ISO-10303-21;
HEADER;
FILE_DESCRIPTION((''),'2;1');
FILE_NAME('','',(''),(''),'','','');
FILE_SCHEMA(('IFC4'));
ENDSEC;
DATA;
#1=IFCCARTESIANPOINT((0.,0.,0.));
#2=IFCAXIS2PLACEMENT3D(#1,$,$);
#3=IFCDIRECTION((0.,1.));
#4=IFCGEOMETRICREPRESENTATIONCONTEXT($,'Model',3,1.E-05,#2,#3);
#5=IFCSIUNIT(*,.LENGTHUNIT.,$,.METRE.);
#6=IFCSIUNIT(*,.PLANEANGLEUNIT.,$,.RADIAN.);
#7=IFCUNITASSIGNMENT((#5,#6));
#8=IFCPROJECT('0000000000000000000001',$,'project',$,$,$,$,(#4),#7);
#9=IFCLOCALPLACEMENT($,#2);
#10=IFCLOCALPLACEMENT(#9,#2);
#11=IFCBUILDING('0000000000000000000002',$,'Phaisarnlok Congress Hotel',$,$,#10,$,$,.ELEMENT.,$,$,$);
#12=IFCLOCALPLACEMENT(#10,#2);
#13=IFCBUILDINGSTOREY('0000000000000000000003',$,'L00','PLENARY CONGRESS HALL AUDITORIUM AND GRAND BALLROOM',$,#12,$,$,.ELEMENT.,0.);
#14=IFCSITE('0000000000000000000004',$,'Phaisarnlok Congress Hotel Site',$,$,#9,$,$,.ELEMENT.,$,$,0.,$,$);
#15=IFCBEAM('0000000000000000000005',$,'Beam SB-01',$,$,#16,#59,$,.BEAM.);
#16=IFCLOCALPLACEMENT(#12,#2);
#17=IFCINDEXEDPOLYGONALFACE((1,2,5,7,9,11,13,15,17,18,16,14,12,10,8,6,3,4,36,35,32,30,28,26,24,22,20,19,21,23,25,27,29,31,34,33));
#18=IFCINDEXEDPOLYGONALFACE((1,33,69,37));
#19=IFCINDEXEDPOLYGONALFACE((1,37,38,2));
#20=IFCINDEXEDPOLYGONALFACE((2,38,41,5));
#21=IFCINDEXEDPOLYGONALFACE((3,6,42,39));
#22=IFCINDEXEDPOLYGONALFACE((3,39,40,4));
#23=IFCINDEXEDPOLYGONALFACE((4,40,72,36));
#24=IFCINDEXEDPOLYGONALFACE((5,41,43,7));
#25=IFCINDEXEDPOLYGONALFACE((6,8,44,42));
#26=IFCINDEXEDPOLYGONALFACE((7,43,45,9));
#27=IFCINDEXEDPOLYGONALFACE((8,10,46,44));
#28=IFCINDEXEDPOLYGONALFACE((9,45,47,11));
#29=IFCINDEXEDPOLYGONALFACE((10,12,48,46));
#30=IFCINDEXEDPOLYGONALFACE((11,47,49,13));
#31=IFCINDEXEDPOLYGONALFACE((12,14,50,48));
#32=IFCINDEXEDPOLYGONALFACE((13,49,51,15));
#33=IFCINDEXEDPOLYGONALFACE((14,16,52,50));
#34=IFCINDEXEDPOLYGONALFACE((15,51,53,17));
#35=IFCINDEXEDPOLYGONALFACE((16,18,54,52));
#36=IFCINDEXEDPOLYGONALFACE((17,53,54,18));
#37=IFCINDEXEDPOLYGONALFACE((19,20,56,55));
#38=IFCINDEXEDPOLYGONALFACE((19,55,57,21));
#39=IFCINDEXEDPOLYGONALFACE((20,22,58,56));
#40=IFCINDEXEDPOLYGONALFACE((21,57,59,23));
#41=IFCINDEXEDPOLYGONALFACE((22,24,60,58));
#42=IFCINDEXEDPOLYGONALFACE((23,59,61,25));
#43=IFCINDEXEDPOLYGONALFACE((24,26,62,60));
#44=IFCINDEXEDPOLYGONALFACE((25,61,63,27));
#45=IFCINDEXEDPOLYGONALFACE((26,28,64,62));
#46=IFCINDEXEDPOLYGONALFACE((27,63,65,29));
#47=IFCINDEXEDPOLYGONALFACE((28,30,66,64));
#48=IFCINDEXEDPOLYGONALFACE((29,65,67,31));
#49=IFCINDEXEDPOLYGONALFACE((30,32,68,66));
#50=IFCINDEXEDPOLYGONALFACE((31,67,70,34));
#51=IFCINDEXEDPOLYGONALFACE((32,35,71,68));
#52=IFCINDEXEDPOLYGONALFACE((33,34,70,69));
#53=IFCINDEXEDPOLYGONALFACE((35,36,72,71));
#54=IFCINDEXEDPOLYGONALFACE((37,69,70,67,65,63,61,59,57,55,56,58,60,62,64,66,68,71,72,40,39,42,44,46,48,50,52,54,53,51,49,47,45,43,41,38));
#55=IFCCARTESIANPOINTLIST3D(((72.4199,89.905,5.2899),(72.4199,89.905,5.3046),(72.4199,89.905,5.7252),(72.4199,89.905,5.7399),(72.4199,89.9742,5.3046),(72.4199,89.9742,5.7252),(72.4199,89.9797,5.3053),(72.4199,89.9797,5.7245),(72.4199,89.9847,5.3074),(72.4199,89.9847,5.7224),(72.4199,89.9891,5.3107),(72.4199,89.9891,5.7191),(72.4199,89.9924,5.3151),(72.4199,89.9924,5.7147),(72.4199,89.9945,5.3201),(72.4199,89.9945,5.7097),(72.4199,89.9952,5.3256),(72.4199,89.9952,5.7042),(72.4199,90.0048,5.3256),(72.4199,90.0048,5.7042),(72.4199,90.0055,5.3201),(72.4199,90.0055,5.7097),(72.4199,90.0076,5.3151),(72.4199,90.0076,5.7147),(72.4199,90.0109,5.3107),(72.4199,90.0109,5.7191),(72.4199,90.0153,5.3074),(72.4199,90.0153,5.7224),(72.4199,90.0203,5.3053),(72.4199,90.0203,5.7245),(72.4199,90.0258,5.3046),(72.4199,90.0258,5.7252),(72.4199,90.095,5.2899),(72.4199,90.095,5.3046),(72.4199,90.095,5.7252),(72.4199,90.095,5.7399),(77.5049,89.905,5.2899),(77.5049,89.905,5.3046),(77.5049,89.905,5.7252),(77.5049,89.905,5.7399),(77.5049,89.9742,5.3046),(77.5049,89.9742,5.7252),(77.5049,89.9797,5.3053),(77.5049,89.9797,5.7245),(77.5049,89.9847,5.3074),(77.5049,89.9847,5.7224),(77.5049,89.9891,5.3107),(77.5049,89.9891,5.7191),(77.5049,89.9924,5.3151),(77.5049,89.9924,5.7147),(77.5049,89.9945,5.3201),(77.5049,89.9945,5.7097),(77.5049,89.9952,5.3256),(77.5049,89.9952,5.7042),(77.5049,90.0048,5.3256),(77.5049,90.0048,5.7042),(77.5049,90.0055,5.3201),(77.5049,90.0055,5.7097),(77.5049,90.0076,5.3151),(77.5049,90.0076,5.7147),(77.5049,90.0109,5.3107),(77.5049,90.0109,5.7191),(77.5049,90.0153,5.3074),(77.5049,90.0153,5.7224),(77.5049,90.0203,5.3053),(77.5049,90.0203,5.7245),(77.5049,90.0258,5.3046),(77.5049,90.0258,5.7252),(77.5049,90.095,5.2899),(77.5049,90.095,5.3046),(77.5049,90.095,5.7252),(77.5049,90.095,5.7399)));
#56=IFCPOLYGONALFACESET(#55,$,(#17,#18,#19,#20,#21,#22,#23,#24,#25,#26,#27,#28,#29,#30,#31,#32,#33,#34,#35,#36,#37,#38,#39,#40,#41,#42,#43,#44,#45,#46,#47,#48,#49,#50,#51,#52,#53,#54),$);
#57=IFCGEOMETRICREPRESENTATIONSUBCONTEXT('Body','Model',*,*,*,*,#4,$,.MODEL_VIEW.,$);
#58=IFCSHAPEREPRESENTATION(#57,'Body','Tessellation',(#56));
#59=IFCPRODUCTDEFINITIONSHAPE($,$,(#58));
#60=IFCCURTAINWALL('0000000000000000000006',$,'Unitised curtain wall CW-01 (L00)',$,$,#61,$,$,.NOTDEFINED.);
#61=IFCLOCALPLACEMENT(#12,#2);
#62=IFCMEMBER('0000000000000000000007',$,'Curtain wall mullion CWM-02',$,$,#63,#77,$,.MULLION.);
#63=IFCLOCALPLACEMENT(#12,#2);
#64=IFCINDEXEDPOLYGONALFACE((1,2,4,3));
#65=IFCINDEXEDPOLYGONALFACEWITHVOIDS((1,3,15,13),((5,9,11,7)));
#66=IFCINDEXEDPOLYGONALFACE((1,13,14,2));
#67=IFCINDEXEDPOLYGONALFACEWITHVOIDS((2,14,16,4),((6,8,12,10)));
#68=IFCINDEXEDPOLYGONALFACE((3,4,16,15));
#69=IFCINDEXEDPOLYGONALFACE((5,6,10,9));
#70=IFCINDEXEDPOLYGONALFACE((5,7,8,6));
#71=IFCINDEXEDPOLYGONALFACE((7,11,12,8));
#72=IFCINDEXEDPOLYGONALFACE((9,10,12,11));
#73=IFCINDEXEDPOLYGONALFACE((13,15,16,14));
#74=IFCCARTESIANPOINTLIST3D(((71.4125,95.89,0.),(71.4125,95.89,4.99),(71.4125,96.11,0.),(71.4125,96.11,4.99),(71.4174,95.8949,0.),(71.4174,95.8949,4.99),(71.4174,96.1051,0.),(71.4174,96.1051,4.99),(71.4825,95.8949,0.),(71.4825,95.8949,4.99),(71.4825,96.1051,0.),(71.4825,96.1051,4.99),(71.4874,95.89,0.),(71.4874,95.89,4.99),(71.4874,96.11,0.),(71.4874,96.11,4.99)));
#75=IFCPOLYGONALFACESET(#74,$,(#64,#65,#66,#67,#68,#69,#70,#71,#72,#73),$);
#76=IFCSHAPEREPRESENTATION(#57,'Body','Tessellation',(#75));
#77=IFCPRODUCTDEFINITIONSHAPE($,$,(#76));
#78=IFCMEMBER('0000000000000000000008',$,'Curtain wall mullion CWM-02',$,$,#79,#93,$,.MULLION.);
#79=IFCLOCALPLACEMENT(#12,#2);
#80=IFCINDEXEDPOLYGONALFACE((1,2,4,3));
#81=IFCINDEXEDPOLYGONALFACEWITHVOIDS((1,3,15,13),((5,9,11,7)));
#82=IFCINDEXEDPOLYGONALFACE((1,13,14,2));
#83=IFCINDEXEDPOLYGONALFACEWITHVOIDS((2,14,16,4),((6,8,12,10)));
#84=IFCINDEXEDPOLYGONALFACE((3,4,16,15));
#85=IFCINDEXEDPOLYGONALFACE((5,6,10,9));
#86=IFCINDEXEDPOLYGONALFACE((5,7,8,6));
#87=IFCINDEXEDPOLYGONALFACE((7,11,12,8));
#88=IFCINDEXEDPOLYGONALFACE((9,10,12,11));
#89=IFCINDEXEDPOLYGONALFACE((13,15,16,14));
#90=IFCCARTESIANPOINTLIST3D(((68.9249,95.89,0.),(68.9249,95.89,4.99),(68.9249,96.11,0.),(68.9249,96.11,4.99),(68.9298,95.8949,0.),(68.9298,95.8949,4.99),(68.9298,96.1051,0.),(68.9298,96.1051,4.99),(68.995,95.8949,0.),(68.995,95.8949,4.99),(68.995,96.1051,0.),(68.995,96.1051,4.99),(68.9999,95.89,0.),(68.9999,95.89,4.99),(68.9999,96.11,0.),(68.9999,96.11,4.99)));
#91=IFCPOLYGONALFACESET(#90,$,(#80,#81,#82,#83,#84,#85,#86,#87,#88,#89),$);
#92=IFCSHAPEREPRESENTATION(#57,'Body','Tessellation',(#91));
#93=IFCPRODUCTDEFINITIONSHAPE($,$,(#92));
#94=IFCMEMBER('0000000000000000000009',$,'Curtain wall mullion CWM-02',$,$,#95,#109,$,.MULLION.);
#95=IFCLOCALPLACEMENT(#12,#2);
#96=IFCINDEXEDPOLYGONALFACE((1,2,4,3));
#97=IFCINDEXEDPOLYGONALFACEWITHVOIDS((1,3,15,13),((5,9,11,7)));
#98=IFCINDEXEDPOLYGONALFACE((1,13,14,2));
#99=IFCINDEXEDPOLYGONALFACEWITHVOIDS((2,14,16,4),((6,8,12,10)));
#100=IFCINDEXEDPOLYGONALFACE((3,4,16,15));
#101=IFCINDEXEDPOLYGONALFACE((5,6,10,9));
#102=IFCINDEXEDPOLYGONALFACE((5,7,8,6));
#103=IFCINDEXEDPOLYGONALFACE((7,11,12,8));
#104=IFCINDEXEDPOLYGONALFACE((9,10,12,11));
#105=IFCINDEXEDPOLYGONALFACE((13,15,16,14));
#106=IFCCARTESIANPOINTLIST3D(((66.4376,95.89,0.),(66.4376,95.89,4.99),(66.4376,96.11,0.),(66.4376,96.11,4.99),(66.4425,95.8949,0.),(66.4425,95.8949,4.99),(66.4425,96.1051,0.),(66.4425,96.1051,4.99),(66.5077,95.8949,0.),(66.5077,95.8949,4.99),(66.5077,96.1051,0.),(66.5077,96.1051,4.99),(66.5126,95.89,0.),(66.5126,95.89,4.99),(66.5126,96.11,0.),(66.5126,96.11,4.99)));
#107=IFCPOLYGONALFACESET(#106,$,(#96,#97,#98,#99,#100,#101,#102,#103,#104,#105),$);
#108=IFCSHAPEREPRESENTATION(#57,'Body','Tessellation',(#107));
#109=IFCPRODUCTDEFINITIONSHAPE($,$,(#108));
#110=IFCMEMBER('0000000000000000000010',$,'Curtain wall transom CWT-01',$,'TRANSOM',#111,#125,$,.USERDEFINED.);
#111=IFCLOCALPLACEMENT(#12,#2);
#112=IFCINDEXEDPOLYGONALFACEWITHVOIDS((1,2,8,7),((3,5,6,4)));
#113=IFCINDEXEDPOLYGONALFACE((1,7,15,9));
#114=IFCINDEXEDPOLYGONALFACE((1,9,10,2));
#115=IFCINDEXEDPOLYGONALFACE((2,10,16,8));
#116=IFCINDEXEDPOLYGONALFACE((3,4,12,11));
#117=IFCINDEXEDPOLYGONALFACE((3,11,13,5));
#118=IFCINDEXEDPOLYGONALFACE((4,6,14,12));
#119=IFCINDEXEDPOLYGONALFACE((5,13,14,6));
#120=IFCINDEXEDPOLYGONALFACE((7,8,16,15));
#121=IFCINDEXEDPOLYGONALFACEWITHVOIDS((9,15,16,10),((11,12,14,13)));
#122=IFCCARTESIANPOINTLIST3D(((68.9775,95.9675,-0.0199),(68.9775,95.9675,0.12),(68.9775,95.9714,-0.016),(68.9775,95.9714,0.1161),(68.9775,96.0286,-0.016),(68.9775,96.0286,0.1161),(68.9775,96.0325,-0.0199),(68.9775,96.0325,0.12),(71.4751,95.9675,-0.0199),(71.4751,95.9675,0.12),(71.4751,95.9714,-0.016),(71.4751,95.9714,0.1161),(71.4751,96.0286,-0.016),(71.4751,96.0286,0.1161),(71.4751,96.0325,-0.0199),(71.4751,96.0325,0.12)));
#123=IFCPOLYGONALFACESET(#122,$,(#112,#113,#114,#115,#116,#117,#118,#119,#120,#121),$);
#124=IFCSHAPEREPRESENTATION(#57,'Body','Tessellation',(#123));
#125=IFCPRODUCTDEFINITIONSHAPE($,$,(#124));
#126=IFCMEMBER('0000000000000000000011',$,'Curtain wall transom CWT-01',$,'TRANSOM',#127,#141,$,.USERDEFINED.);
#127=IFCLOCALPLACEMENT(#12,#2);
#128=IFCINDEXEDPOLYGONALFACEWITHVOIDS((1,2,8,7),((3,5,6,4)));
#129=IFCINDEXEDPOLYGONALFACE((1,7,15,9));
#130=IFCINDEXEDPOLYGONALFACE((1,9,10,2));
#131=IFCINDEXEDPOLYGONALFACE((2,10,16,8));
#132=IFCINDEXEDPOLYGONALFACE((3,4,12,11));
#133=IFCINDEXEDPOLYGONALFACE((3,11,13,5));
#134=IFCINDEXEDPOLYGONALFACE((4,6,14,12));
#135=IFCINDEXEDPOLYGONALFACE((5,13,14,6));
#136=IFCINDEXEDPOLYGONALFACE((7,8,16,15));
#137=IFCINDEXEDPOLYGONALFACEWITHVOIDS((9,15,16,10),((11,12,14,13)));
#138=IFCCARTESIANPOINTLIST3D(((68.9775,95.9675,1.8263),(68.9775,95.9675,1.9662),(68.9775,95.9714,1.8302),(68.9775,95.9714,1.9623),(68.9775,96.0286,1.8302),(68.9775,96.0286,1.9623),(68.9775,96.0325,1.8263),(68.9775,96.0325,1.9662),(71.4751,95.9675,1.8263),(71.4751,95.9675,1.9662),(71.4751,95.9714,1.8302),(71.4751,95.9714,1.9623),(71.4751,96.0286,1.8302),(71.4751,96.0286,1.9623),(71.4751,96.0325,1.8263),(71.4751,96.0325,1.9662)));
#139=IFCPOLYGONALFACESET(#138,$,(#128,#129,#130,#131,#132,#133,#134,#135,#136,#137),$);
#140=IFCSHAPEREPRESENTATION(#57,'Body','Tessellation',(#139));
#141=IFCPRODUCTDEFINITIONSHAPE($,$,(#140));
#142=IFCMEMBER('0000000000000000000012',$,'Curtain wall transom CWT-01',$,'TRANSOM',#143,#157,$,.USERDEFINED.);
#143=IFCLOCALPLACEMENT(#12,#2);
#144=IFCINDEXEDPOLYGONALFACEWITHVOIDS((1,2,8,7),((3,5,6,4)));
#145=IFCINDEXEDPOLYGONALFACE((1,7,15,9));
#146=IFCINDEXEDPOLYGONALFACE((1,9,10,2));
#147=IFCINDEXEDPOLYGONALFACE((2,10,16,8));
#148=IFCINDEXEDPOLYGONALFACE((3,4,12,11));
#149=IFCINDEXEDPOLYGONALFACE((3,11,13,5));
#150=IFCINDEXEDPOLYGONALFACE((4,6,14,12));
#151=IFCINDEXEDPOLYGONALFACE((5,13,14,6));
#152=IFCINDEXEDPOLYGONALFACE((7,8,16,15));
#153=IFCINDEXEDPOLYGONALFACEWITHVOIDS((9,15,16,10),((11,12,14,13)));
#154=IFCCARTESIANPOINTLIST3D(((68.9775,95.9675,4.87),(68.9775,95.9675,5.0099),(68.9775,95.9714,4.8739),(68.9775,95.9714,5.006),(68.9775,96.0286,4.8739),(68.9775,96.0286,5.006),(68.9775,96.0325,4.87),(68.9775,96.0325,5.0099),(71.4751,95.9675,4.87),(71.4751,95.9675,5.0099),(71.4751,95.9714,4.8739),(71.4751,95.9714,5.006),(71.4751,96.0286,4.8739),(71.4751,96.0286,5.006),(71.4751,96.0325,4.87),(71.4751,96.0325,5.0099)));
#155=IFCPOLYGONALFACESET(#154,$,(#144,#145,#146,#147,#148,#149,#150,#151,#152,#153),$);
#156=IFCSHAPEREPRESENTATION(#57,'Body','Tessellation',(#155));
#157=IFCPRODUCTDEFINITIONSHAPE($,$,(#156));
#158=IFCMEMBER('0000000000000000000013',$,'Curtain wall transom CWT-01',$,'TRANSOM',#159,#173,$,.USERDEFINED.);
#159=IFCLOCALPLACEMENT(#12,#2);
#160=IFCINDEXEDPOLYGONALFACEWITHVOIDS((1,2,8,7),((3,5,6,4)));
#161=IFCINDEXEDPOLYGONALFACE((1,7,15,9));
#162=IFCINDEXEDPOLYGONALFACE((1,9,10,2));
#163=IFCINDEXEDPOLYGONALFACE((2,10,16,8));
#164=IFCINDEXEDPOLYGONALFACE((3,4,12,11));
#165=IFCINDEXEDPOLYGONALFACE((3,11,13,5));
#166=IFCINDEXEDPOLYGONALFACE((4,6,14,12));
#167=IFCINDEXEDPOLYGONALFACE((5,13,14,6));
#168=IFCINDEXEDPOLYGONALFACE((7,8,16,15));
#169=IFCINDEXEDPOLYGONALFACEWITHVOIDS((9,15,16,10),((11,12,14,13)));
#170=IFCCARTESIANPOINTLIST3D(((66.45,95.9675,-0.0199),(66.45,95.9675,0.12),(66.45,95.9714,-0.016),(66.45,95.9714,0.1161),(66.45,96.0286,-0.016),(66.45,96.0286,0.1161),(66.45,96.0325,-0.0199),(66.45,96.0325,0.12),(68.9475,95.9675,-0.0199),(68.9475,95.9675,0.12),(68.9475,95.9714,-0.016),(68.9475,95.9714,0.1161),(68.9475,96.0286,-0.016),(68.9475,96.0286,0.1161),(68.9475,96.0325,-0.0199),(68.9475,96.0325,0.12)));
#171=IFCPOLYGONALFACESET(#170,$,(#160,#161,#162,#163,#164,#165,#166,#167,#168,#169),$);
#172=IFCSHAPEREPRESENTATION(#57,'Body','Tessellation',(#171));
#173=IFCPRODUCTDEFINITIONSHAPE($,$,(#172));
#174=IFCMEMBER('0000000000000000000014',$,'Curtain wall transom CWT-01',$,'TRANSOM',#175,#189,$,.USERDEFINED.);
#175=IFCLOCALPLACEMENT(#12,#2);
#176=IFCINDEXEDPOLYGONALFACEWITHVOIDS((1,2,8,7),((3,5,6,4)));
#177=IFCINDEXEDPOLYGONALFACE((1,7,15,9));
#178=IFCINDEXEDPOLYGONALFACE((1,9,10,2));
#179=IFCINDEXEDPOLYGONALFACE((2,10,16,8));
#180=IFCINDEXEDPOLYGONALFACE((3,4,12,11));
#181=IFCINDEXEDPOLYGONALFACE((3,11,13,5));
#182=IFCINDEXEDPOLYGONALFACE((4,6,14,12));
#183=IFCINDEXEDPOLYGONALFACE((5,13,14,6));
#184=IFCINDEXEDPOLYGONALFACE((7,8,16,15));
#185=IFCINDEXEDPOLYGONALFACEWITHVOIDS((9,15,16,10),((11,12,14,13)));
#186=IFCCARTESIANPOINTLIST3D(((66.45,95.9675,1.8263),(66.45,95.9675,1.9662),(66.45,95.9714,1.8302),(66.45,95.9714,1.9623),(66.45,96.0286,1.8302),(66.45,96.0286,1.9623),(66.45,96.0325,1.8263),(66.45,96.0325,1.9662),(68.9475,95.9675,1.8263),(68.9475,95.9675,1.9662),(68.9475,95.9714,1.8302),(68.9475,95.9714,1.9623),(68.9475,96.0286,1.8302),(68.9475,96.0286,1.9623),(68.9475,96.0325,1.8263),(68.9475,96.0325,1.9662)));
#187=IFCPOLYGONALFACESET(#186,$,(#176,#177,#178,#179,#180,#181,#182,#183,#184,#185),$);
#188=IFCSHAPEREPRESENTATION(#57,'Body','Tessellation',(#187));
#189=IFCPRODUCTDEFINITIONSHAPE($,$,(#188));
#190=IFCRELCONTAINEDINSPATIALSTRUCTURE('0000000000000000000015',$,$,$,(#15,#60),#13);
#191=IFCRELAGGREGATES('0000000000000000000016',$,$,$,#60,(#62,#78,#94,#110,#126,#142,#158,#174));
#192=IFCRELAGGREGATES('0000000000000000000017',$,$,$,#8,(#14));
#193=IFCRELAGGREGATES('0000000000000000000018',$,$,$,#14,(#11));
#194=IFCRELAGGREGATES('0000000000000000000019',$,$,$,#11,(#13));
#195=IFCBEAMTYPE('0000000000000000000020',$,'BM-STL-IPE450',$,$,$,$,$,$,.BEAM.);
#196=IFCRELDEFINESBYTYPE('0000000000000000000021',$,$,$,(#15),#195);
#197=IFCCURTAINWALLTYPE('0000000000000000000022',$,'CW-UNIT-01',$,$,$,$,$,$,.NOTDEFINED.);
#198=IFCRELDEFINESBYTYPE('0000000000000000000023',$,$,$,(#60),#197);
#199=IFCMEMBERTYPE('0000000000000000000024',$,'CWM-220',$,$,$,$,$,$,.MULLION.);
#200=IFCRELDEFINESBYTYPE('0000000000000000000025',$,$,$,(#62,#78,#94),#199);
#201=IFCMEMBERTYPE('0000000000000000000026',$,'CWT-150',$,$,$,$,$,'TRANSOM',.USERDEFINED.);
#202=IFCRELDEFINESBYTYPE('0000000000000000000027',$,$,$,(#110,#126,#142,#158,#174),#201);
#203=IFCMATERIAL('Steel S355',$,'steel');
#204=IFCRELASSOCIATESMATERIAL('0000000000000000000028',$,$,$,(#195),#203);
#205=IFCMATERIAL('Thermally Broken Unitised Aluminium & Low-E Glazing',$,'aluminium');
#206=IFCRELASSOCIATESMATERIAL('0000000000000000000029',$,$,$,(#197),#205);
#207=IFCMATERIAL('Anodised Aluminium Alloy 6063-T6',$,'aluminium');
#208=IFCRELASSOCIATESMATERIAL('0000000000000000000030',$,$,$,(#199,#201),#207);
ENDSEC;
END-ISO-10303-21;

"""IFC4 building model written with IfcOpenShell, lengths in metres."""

from ifc_helpers import new_model, si_unit, direction, frame, origin, origin_2d, place, context, subcontext, project, spatial, hollow_rectangle, i_section, extrude, material, material_profile, profile_set, type_object, element, aggregate, save


model = new_model("IFC4")

# Units and contexts
model_context = context("Model", 3, precision=1e-05, world=origin(), true_north=direction((0.0, 1.0)))
body_context = subcontext(model_context, "Body", "Model", "MODEL_VIEW")
ifc_project = project(units=[si_unit("LENGTHUNIT", "METRE"), si_unit("PLANEANGLEUNIT", "RADIAN")], contexts=[model_context])

# Site, building, storey
site_placement = place(None, origin())
site = spatial("IfcSite", under=ifc_project, at=site_placement, Name="Phaisarnlok Congress Hotel Site", CompositionType="ELEMENT", RefElevation=0.0)
building_placement = place(site_placement, origin())
building = spatial("IfcBuilding", under=site, at=building_placement, Name="Phaisarnlok Congress Hotel", CompositionType="ELEMENT")
storey_placement = place(building_placement, origin())
storey = spatial("IfcBuildingStorey", under=building, at=storey_placement, Name="L00", Description="PLENARY CONGRESS HALL AUDITORIUM AND GRAND BALLROOM", CompositionType="ELEMENT", Elevation=0.0)

# Beam
ifc_material_1 = material(Name="Steel S355", Category="steel")
ifc_material_profile_1 = material_profile(ifc_material_1, i_section(OverallWidth=0.1899, OverallDepth=0.45, WebThickness=0.0095, FlangeThickness=0.0146, FilletRadius=0.021, at=origin_2d()), Name="IPE 450")
ifc_profile_set_1 = profile_set([ifc_material_profile_1], Name="Steel S355")
beam_type_1 = type_object("IfcBeamType", Name="BM-STL-IPE450", PredefinedType="BEAM", material=ifc_profile_set_1)
beam_1_placement = place(storey_placement, frame((72.4199, 90.0, 5.5149), z_axis=(1.0, 0.0, 0.0), x_axis=(0.0, 1.0, 0.0)))
element("IfcBeam", 1, at=beam_1_placement, inside=storey, type_object=beam_type_1, Name="Beam SB-01", PredefinedType="BEAM", context=body_context, shape_type="SweptSolid", body=[
    extrude(i_section(OverallWidth=0.1899, OverallDepth=0.45, WebThickness=0.0095, FlangeThickness=0.0146, FilletRadius=0.021, at=origin_2d()), origin(), (0.0, 0.0, 1.0), 5.085),
])

# Curtain wall, members
ifc_material_2 = material(Name="Thermally Broken Unitised Aluminium & Low-E Glazing", Category="aluminium")
curtain_wall_type = type_object("IfcCurtainWallType", Name="CW-UNIT-01", PredefinedType="NOTDEFINED", material=ifc_material_2)
curtain_wall_placement = place(storey_placement, origin())
curtain_wall = element("IfcCurtainWall", 2, at=curtain_wall_placement, inside=storey, type_object=curtain_wall_type, Name="Unitised curtain wall CW-01 (L00)", PredefinedType="NOTDEFINED")
ifc_material_3 = material(Name="Anodised Aluminium Alloy 6063-T6", Category="aluminium")
ifc_material_profile_2 = material_profile(ifc_material_3, hollow_rectangle(XDim=0.075, YDim=0.22, WallThickness=0.0049, at=origin_2d()), Name="ALU-M 75x220x5")
ifc_profile_set_2 = profile_set([ifc_material_profile_2], Name="Anodised Aluminium Alloy 6063-T6")
member_type_1 = type_object("IfcMemberType", Name="CWM-220", PredefinedType="MULLION", material=ifc_profile_set_2)
member_1_placement = place(storey_placement, frame((71.45, 96.0, 0.0), z_axis=(0.0, 0.0, 1.0), x_axis=(-1.0, 0.0, 0.0)))
member_1 = element("IfcMember", 3, at=member_1_placement, type_object=member_type_1, Name="Curtain wall mullion CWM-02", PredefinedType="MULLION", context=body_context, shape_type="SweptSolid", body=[
    extrude(hollow_rectangle(XDim=0.075, YDim=0.22, WallThickness=0.0049, at=origin_2d()), origin(), (0.0, 0.0, 1.0), 4.99),
])
member_2_placement = place(storey_placement, frame((68.9624, 96.0, 0.0), z_axis=(0.0, 0.0, 1.0), x_axis=(-1.0, 0.0, 0.0)))
member_2 = element("IfcMember", 4, at=member_2_placement, type_object=member_type_1, Name="Curtain wall mullion CWM-02", PredefinedType="MULLION", context=body_context, shape_type="SweptSolid", body=[
    extrude(hollow_rectangle(XDim=0.075, YDim=0.22, WallThickness=0.0049, at=origin_2d()), origin(), (0.0, 0.0, 1.0), 4.99),
])
member_3_placement = place(storey_placement, frame((66.4751, 96.0, 0.0), z_axis=(0.0, 0.0, 1.0), x_axis=(-1.0, 0.0, 0.0)))
member_3 = element("IfcMember", 5, at=member_3_placement, type_object=member_type_1, Name="Curtain wall mullion CWM-02", PredefinedType="MULLION", context=body_context, shape_type="SweptSolid", body=[
    extrude(hollow_rectangle(XDim=0.075, YDim=0.22, WallThickness=0.0049, at=origin_2d()), origin(), (0.0, 0.0, 1.0), 4.99),
])
ifc_material_profile_3 = material_profile(ifc_material_3, hollow_rectangle(XDim=0.0649, YDim=0.1399, WallThickness=0.0039, at=origin_2d()), Name="ALU-T 65x140x4")
ifc_profile_set_3 = profile_set([ifc_material_profile_3], Name="Anodised Aluminium Alloy 6063-T6")
member_type_2 = type_object("IfcMemberType", Name="CWT-150", ElementType="TRANSOM", PredefinedType="USERDEFINED", material=ifc_profile_set_3)
member_4_placement = place(storey_placement, frame((71.4751, 96.0, 0.05), z_axis=(-1.0, 0.0, 0.0), x_axis=(0.0, -1.0, 0.0)))
member_4 = element("IfcMember", 6, at=member_4_placement, type_object=member_type_2, Name="Curtain wall transom CWT-01", ObjectType="TRANSOM", PredefinedType="USERDEFINED", context=body_context, shape_type="SweptSolid", body=[
    extrude(hollow_rectangle(XDim=0.0649, YDim=0.1399, WallThickness=0.0039, at=origin_2d()), origin(), (0.0, 0.0, 1.0), 2.4976),
])
member_5_placement = place(storey_placement, frame((71.4751, 96.0, 1.8962), z_axis=(-1.0, 0.0, 0.0), x_axis=(0.0, -1.0, 0.0)))
member_5 = element("IfcMember", 7, at=member_5_placement, type_object=member_type_2, Name="Curtain wall transom CWT-01", ObjectType="TRANSOM", PredefinedType="USERDEFINED", context=body_context, shape_type="SweptSolid", body=[
    extrude(hollow_rectangle(XDim=0.0649, YDim=0.1399, WallThickness=0.0039, at=origin_2d()), origin(), (0.0, 0.0, 1.0), 2.4976),
])
member_6_placement = place(storey_placement, frame((71.4751, 96.0, 4.9399), z_axis=(-1.0, 0.0, 0.0), x_axis=(0.0, -1.0, 0.0)))
member_6 = element("IfcMember", 8, at=member_6_placement, type_object=member_type_2, Name="Curtain wall transom CWT-01", ObjectType="TRANSOM", PredefinedType="USERDEFINED", context=body_context, shape_type="SweptSolid", body=[
    extrude(hollow_rectangle(XDim=0.0649, YDim=0.1399, WallThickness=0.0039, at=origin_2d()), origin(), (0.0, 0.0, 1.0), 2.4976),
])
member_7_placement = place(storey_placement, frame((68.9475, 96.0, 0.05), z_axis=(-1.0, 0.0, 0.0), x_axis=(0.0, -1.0, 0.0)))
member_7 = element("IfcMember", 9, at=member_7_placement, type_object=member_type_2, Name="Curtain wall transom CWT-01", ObjectType="TRANSOM", PredefinedType="USERDEFINED", context=body_context, shape_type="SweptSolid", body=[
    extrude(hollow_rectangle(XDim=0.0649, YDim=0.1399, WallThickness=0.0039, at=origin_2d()), origin(), (0.0, 0.0, 1.0), 2.4976),
])
member_8_placement = place(storey_placement, frame((68.9475, 96.0, 1.8962), z_axis=(-1.0, 0.0, 0.0), x_axis=(0.0, -1.0, 0.0)))
member_8 = element("IfcMember", 10, at=member_8_placement, type_object=member_type_2, Name="Curtain wall transom CWT-01", ObjectType="TRANSOM", PredefinedType="USERDEFINED", context=body_context, shape_type="SweptSolid", body=[
    extrude(hollow_rectangle(XDim=0.0649, YDim=0.1399, WallThickness=0.0039, at=origin_2d()), origin(), (0.0, 0.0, 1.0), 2.4976),
])

aggregate(curtain_wall, [member_1, member_2, member_3, member_4, member_5, member_6, member_7, member_8])

save(model, "model.ifc")
